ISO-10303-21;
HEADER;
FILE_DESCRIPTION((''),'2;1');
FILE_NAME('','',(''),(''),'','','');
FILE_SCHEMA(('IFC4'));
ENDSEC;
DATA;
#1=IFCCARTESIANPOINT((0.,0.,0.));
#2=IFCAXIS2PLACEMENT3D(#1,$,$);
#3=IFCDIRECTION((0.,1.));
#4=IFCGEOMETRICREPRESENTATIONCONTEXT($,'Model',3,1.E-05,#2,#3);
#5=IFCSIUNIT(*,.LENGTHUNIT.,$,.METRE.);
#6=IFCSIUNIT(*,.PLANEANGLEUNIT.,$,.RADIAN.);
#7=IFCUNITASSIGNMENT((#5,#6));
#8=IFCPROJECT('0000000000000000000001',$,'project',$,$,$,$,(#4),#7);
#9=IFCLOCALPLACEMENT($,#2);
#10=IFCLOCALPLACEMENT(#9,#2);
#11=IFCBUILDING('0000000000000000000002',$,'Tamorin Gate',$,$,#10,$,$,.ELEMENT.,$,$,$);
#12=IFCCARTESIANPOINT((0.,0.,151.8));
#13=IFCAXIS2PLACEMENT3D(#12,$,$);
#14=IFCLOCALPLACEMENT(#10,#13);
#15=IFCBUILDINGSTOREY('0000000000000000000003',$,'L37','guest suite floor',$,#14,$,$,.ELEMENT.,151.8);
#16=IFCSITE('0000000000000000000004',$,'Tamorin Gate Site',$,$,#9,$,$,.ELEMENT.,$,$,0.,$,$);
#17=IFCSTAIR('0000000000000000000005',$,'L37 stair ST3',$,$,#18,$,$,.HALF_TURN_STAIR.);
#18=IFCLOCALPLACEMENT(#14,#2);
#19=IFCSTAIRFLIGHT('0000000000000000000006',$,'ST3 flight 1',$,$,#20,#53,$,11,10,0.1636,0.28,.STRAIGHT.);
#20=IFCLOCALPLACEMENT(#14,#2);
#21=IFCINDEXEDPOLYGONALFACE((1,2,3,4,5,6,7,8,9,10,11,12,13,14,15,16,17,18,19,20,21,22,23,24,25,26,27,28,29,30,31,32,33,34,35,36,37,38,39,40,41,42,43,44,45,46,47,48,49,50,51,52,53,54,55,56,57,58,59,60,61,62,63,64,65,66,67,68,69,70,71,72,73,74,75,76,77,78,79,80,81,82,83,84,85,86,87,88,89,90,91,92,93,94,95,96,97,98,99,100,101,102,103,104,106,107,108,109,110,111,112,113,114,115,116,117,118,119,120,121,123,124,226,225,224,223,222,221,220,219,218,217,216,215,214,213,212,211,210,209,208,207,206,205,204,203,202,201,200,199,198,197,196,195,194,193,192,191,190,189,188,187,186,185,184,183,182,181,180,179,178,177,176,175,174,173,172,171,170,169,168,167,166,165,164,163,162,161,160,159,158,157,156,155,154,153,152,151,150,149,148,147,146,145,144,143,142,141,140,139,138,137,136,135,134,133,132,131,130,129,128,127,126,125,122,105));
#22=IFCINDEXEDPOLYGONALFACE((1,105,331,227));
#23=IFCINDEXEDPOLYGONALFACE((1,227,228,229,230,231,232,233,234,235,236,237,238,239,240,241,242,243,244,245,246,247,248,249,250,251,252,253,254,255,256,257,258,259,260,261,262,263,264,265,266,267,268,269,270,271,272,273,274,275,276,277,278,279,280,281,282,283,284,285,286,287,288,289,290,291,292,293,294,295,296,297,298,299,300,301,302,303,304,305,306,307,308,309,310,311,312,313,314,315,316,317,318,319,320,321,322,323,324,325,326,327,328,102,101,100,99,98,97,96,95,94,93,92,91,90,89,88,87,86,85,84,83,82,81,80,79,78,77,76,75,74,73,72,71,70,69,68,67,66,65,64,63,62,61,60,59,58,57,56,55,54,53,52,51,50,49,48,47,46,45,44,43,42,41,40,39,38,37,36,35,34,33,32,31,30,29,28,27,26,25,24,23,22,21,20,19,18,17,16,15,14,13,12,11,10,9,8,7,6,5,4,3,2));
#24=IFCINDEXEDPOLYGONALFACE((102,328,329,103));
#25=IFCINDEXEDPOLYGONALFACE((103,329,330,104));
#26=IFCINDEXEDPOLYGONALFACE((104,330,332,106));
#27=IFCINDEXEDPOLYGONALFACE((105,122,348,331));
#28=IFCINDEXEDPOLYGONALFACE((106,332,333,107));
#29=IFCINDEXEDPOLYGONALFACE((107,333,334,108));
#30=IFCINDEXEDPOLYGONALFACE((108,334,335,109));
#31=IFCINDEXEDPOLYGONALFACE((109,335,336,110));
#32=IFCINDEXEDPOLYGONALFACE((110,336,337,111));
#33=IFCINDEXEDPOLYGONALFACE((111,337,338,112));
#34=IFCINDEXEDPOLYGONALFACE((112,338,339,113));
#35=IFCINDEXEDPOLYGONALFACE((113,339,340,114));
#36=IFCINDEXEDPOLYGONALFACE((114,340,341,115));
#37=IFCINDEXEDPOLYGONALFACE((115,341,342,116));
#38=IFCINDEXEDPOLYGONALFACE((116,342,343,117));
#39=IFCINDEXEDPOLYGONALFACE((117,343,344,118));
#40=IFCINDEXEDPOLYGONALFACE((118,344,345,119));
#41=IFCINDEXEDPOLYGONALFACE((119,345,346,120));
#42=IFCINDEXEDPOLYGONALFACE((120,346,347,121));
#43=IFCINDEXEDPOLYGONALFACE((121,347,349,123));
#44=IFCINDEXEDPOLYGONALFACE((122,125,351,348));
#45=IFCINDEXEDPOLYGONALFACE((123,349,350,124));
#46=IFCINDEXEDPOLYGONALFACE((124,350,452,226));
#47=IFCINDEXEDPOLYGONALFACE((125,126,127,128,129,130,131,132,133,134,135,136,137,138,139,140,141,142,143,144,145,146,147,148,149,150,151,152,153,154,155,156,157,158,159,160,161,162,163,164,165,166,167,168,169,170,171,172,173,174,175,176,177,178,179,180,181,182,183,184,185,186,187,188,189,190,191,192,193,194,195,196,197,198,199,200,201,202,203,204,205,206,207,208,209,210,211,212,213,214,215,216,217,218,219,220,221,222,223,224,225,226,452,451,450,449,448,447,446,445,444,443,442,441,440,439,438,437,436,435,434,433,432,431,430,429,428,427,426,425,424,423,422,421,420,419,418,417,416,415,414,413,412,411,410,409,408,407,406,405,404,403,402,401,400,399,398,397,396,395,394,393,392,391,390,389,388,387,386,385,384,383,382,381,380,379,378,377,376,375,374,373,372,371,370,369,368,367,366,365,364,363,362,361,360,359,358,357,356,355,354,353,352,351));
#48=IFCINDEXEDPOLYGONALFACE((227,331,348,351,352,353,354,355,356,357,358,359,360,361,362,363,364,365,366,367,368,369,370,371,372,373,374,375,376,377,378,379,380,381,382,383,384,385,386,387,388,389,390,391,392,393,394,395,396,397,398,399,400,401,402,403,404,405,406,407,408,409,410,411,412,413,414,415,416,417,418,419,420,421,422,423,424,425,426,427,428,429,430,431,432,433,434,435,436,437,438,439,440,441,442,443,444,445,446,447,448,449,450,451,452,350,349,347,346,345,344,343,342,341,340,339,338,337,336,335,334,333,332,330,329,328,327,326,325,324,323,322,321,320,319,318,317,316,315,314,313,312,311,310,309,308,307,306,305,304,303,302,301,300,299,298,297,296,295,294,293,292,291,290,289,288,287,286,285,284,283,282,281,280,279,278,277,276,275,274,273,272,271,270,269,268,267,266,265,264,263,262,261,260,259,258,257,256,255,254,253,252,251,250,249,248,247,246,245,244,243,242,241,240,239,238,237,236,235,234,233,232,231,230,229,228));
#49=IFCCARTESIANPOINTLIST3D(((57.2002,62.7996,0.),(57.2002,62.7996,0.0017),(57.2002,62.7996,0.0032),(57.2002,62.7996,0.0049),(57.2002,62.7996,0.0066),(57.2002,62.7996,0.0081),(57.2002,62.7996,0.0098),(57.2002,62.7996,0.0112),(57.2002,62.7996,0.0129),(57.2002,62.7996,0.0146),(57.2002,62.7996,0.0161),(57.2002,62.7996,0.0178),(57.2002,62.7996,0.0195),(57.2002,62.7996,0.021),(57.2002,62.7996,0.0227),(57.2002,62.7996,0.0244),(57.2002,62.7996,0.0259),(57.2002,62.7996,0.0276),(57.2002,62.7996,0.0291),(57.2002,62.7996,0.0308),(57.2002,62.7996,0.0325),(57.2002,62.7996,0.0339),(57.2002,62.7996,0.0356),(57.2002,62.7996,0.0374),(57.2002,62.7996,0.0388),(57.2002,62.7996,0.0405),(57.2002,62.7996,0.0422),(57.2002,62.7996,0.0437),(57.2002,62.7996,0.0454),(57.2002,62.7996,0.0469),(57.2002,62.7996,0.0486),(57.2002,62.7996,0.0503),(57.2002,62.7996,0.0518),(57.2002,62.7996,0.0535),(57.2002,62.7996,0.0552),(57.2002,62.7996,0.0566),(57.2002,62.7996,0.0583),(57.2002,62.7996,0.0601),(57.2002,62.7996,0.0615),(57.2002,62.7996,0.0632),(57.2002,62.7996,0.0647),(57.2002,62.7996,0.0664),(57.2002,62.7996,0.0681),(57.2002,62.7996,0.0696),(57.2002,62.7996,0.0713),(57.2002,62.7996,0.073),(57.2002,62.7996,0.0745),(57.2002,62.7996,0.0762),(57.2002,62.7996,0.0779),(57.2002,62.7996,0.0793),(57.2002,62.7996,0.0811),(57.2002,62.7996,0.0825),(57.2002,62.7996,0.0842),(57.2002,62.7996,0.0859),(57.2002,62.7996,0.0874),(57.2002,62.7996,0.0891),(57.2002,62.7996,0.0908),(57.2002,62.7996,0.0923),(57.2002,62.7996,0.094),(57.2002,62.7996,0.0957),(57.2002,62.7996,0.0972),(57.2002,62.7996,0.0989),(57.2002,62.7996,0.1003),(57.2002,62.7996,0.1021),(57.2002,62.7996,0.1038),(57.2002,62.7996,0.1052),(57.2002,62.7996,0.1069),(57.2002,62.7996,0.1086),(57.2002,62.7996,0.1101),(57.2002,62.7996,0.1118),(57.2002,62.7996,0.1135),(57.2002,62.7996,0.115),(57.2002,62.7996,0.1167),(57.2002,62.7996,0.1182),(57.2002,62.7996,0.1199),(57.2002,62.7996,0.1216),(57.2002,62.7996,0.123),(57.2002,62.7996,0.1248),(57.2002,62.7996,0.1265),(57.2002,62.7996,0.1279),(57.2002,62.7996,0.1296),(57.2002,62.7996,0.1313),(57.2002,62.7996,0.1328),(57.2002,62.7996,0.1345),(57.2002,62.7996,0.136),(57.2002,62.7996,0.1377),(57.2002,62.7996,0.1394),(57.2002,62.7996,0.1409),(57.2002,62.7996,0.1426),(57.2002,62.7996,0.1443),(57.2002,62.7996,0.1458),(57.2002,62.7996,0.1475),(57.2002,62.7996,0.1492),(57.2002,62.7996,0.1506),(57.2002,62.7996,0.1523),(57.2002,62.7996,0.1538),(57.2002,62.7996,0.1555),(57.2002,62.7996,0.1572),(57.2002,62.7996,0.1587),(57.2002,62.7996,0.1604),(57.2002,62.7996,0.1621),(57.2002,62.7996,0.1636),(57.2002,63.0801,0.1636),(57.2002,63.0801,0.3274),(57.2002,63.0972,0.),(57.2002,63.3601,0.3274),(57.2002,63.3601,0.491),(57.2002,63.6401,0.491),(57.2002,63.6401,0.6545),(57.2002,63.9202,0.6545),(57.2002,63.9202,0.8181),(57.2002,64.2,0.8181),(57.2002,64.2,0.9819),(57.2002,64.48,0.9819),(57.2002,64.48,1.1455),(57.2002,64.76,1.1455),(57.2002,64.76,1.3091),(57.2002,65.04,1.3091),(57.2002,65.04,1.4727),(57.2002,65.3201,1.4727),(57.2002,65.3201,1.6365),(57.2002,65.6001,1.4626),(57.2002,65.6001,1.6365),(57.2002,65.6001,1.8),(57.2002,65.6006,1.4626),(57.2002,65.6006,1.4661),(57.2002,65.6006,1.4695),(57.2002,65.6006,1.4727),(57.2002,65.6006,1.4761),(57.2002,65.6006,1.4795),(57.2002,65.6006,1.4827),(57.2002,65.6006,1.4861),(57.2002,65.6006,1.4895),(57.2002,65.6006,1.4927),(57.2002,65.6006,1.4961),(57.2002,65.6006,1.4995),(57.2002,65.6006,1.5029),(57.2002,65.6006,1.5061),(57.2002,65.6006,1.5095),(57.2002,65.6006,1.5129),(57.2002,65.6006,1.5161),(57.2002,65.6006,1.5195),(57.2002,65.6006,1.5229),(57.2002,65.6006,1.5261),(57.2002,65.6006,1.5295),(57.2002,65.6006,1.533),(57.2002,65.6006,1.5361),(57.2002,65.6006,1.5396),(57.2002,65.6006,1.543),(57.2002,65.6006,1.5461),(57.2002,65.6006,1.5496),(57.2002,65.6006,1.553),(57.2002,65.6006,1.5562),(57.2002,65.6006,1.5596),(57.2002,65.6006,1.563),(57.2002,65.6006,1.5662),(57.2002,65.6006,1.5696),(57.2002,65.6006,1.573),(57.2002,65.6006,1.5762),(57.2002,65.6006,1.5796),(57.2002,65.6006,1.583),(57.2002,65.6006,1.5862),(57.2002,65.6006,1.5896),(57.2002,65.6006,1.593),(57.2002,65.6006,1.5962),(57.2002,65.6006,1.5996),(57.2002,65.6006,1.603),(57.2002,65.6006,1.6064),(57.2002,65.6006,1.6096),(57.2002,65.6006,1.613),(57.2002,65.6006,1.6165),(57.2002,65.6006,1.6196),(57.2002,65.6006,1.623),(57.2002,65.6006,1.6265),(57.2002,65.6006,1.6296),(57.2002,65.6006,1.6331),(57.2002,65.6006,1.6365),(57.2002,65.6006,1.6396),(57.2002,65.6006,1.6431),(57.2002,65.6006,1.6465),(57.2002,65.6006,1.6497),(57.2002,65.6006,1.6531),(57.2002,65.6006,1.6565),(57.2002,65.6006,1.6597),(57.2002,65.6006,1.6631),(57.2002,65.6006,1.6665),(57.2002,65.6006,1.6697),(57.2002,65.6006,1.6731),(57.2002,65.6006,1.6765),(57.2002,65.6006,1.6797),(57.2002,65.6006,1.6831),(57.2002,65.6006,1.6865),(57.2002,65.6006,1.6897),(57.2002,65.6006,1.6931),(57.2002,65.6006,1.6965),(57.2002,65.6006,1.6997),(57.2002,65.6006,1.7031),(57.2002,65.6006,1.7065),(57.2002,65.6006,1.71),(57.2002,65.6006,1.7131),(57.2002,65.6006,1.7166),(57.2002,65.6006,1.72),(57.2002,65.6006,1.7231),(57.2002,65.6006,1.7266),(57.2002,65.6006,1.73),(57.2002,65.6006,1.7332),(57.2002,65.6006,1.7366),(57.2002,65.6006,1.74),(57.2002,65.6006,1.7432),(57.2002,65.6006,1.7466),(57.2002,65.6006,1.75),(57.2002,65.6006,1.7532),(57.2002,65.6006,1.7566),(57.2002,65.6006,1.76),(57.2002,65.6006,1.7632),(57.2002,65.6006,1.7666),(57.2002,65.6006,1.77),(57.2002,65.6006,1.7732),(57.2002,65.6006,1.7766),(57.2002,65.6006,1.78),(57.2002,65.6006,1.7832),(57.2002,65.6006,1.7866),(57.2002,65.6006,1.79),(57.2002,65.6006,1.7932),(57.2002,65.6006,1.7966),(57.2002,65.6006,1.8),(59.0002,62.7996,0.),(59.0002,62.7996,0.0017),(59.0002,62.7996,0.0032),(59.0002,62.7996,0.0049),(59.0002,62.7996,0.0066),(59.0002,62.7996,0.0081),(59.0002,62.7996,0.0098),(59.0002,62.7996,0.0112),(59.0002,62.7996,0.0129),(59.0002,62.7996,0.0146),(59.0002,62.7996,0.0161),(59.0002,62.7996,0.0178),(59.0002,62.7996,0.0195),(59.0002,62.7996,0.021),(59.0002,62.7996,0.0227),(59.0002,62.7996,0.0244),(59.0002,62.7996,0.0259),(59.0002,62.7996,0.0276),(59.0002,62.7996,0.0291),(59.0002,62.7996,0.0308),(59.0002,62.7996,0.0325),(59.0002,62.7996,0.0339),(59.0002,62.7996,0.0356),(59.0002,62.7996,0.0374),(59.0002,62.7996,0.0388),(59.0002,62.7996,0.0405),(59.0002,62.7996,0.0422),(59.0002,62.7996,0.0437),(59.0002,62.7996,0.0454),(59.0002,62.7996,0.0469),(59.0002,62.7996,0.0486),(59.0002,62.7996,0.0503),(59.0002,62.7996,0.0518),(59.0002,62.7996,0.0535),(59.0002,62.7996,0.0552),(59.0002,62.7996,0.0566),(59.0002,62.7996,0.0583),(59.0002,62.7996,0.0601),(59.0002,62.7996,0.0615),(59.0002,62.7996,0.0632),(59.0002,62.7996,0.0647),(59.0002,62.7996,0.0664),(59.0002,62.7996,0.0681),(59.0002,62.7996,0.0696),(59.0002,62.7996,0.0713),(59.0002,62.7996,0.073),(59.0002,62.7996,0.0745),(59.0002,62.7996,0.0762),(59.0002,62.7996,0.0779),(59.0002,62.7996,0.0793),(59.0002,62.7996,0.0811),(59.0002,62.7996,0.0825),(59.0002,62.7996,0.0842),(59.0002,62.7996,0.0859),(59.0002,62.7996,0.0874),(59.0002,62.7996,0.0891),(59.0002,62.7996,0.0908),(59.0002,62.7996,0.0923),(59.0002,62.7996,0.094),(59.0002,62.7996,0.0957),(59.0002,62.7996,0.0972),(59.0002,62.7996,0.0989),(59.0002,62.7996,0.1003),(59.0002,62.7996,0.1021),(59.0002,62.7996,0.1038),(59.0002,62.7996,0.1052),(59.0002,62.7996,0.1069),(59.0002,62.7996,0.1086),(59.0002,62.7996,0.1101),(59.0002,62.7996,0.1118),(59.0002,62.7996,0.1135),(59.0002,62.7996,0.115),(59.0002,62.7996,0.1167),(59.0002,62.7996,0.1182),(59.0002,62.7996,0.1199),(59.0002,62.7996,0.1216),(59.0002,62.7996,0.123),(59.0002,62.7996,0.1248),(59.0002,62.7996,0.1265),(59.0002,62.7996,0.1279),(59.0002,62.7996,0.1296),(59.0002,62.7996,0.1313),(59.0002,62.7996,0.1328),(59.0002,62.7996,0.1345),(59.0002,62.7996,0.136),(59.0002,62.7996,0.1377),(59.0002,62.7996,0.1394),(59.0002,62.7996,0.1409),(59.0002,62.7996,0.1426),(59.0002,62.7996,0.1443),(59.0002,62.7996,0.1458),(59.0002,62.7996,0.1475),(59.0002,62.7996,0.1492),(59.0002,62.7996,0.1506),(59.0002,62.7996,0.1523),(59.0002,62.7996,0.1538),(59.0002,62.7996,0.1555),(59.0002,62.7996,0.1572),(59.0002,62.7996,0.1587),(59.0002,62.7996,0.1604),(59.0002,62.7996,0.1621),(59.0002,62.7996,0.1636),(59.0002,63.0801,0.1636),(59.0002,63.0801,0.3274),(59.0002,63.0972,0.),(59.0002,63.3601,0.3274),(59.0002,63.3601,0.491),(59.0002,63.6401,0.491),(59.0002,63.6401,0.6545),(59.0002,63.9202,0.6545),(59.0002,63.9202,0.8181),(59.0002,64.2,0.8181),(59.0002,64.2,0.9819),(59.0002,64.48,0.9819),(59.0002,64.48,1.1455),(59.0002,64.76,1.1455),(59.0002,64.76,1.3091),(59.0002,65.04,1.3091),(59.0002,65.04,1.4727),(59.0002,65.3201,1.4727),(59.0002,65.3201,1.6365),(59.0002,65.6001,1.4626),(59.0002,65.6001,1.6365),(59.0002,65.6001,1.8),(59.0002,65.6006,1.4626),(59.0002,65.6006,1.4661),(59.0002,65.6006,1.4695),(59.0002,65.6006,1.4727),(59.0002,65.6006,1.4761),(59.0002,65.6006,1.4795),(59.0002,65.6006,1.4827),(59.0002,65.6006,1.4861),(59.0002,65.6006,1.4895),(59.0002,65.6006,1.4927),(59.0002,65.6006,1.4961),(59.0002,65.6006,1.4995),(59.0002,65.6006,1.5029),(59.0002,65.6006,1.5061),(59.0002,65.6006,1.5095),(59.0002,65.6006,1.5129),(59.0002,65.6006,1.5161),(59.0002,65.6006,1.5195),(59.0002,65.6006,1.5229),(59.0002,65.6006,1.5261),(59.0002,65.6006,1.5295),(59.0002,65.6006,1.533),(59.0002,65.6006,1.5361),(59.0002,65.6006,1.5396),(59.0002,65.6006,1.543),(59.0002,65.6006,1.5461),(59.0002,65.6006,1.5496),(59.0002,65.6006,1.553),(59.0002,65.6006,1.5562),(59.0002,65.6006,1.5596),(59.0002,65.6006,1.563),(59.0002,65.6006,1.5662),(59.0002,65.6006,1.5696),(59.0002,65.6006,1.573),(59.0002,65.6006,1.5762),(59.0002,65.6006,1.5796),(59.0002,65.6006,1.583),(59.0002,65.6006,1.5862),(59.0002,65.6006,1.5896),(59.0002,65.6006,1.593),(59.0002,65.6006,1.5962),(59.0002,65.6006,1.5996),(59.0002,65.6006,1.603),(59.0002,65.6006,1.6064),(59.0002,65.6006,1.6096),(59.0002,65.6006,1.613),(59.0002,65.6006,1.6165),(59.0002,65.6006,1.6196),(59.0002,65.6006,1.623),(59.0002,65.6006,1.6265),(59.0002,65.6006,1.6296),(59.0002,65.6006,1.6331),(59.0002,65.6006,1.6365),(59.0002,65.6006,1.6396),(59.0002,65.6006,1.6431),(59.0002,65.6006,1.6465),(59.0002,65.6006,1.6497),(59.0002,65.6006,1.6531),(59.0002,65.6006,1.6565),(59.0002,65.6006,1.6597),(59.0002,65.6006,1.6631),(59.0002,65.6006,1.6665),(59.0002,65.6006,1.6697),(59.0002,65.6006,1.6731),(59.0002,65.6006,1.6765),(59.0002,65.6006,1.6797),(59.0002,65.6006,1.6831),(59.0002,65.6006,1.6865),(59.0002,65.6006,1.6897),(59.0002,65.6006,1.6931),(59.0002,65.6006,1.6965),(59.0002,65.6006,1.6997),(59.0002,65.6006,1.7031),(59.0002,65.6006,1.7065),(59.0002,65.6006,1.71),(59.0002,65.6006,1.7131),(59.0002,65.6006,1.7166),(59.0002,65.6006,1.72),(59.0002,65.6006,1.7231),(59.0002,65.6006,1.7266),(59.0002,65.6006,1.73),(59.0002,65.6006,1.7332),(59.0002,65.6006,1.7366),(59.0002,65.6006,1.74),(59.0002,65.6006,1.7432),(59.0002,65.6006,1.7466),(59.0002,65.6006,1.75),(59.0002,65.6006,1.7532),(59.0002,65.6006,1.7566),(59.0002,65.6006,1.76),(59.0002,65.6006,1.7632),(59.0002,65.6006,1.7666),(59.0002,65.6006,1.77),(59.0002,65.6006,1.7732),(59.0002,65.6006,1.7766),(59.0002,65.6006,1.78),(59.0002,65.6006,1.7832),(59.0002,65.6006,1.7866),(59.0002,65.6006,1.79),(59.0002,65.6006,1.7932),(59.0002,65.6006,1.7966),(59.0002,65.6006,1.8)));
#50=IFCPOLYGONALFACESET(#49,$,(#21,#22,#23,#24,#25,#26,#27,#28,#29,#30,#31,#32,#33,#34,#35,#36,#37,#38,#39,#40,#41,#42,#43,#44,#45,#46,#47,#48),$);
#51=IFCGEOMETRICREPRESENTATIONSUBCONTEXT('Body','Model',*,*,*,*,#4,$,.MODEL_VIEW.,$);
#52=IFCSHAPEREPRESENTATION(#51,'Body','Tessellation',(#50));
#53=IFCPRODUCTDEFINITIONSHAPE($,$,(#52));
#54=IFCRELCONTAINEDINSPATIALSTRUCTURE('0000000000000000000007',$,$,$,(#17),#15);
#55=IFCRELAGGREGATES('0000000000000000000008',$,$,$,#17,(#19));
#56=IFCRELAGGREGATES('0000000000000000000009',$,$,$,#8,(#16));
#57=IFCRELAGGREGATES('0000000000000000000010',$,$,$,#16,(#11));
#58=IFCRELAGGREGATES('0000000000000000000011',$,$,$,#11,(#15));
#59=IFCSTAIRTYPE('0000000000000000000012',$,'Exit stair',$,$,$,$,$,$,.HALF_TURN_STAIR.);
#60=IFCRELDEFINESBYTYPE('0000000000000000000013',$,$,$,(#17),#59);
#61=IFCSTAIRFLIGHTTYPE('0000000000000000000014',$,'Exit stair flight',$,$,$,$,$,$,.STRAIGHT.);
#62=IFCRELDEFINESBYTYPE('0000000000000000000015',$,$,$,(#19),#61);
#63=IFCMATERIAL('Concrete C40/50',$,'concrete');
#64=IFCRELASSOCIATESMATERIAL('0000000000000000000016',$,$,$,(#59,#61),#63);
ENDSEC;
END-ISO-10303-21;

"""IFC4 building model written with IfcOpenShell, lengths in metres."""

from ifc_helpers import new_model, si_unit, direction, frame, origin, place, context, subcontext, project, spatial, polyline, outline, extrude, material, type_object, element, aggregate, save


model = new_model("IFC4")

# Units and contexts
model_context = context("Model", 3, precision=1e-05, world=origin(), true_north=direction((0.0, 1.0)))
body_context = subcontext(model_context, "Body", "Model", "MODEL_VIEW")
ifc_project = project(units=[si_unit("LENGTHUNIT", "METRE"), si_unit("PLANEANGLEUNIT", "RADIAN")], contexts=[model_context])

# Site, building, storey
site_placement = place(None, origin())
site = spatial("IfcSite", under=ifc_project, at=site_placement, Name="Tamorin Gate Site", CompositionType="ELEMENT", RefElevation=0.0)
building_placement = place(site_placement, origin())
building = spatial("IfcBuilding", under=site, at=building_placement, Name="Tamorin Gate", CompositionType="ELEMENT")
storey_placement = place(building_placement, frame((0.0, 0.0, 151.8)))
storey = spatial("IfcBuildingStorey", under=building, at=storey_placement, Name="L37", Description="guest suite floor", CompositionType="ELEMENT", Elevation=151.8)

# Stair, stair flight
ifc_material_1 = material(Name="Concrete C40/50", Category="concrete")
stair_type = type_object("IfcStairType", Name="Exit stair", PredefinedType="HALF_TURN_STAIR", material=ifc_material_1)
stair_placement = place(storey_placement, origin())
stair = element("IfcStair", 1, at=stair_placement, inside=storey, type_object=stair_type, Name="L37 stair ST3", PredefinedType="HALF_TURN_STAIR")
stair_flight_type = type_object("IfcStairFlightType", Name="Exit stair flight", PredefinedType="STRAIGHT", material=ifc_material_1)
stair_flight_placement = place(storey_placement, frame((58.1001, 62.8, 0.0), z_axis=(0.0, 0.0, 1.0), x_axis=(0.0, 1.0, 0.0)))
stair_flight = element("IfcStairFlight", 2, at=stair_flight_placement, type_object=stair_flight_type, Name="ST3 flight 1", NumberOfRisers=11, NumberOfTreads=10, PredefinedType="STRAIGHT", RiserHeight=0.1636, TreadLength=0.28, context=body_context, shape_type="SweptSolid", body=[
    extrude(outline(polyline([(-0.0005, 0.0), (-0.0005, 0.0017), (-0.0005, 0.0032), (-0.0005, 0.0049), (-0.0005, 0.0066), (-0.0005, 0.0081), (-0.0005, 0.0098), (-0.0005, 0.0112), (-0.0005, 0.0129), (-0.0005, 0.0146), (-0.0005, 0.0161), (-0.0005, 0.0178), (-0.0005, 0.0195), (-0.0005, 0.021), (-0.0005, 0.0227), (-0.0005, 0.0244), (-0.0005, 0.0259), (-0.0005, 0.0276), (-0.0005, 0.0291), (-0.0005, 0.0308), (-0.0005, 0.0325), (-0.0005, 0.0339), (-0.0005, 0.0356), (-0.0005, 0.0374), (-0.0005, 0.0388), (-0.0005, 0.0405), (-0.0005, 0.0422), (-0.0005, 0.0437), (-0.0005, 0.0454), (-0.0005, 0.0469), (-0.0005, 0.0486), (-0.0005, 0.0503), (-0.0005, 0.0518), (-0.0005, 0.0535), (-0.0005, 0.0552), (-0.0005, 0.0566), (-0.0005, 0.0583), (-0.0005, 0.0601), (-0.0005, 0.0615), (-0.0005, 0.0632), (-0.0005, 0.0647), (-0.0005, 0.0664), (-0.0005, 0.0681), (-0.0005, 0.0696), (-0.0005, 0.0713), (-0.0005, 0.073), (-0.0005, 0.0745), (-0.0005, 0.0762), (-0.0005, 0.0779), (-0.0005, 0.0793), (-0.0005, 0.0811), (-0.0005, 0.0825), (-0.0005, 0.0842), (-0.0005, 0.0859), (-0.0005, 0.0874), (-0.0005, 0.0891), (-0.0005, 0.0908), (-0.0005, 0.0923), (-0.0005, 0.094), (-0.0005, 0.0957), (-0.0005, 0.0972), (-0.0005, 0.0989), (-0.0005, 0.1003), (-0.0005, 0.1021), (-0.0005, 0.1038), (-0.0005, 0.1052), (-0.0005, 0.1069), (-0.0005, 0.1086), (-0.0005, 0.1101), (-0.0005, 0.1118), (-0.0005, 0.1135), (-0.0005, 0.115), (-0.0005, 0.1167), (-0.0005, 0.1182), (-0.0005, 0.1199), (-0.0005, 0.1216), (-0.0005, 0.123), (-0.0005, 0.1248), (-0.0005, 0.1265), (-0.0005, 0.1279), (-0.0005, 0.1296), (-0.0005, 0.1313), (-0.0005, 0.1328), (-0.0005, 0.1345), (-0.0005, 0.136), (-0.0005, 0.1377), (-0.0005, 0.1394), (-0.0005, 0.1409), (-0.0005, 0.1426), (-0.0005, 0.1443), (-0.0005, 0.1458), (-0.0005, 0.1475), (-0.0005, 0.1492), (-0.0005, 0.1506), (-0.0005, 0.1523), (-0.0005, 0.1538), (-0.0005, 0.1555), (-0.0005, 0.1572), (-0.0005, 0.1587), (-0.0005, 0.1604), (-0.0005, 0.1621), (-0.0005, 0.1636), (0.28, 0.1636), (0.28, 0.3274), (0.5601, 0.3274), (0.5601, 0.491), (0.8401, 0.491), (0.8401, 0.6545), (1.1201, 0.6545), (1.1201, 0.8181), (1.3999, 0.8181), (1.3999, 0.9819), (1.6799, 0.9819), (1.6799, 1.1455), (1.96, 1.1455), (1.96, 1.3091), (2.24, 1.3091), (2.24, 1.4727), (2.52, 1.4727), (2.52, 1.6365), (2.8, 1.6365), (2.8, 1.8), (2.8005, 1.8), (2.8005, 1.7966), (2.8005, 1.7932), (2.8005, 1.79), (2.8005, 1.7866), (2.8005, 1.7832), (2.8005, 1.78), (2.8005, 1.7766), (2.8005, 1.7732), (2.8005, 1.77), (2.8005, 1.7666), (2.8005, 1.7632), (2.8005, 1.76), (2.8005, 1.7566), (2.8005, 1.7532), (2.8005, 1.75), (2.8005, 1.7466), (2.8005, 1.7432), (2.8005, 1.74), (2.8005, 1.7366), (2.8005, 1.7332), (2.8005, 1.73), (2.8005, 1.7266), (2.8005, 1.7231), (2.8005, 1.72), (2.8005, 1.7166), (2.8005, 1.7131), (2.8005, 1.71), (2.8005, 1.7065), (2.8005, 1.7031), (2.8005, 1.6997), (2.8005, 1.6965), (2.8005, 1.6931), (2.8005, 1.6897), (2.8005, 1.6865), (2.8005, 1.6831), (2.8005, 1.6797), (2.8005, 1.6765), (2.8005, 1.6731), (2.8005, 1.6697), (2.8005, 1.6665), (2.8005, 1.6631), (2.8005, 1.6597), (2.8005, 1.6565), (2.8005, 1.6531), (2.8005, 1.6497), (2.8005, 1.6465), (2.8005, 1.6431), (2.8005, 1.6396), (2.8005, 1.6365), (2.8005, 1.6331), (2.8005, 1.6296), (2.8005, 1.6265), (2.8005, 1.623), (2.8005, 1.6196), (2.8005, 1.6165), (2.8005, 1.613), (2.8005, 1.6096), (2.8005, 1.6064), (2.8005, 1.603), (2.8005, 1.5996), (2.8005, 1.5962), (2.8005, 1.593), (2.8005, 1.5896), (2.8005, 1.5862), (2.8005, 1.583), (2.8005, 1.5796), (2.8005, 1.5762), (2.8005, 1.573), (2.8005, 1.5696), (2.8005, 1.5662), (2.8005, 1.563), (2.8005, 1.5596), (2.8005, 1.5562), (2.8005, 1.553), (2.8005, 1.5496), (2.8005, 1.5461), (2.8005, 1.543), (2.8005, 1.5396), (2.8005, 1.5361), (2.8005, 1.533), (2.8005, 1.5295), (2.8005, 1.5261), (2.8005, 1.5229), (2.8005, 1.5195), (2.8005, 1.5161), (2.8005, 1.5129), (2.8005, 1.5095), (2.8005, 1.5061), (2.8005, 1.5029), (2.8005, 1.4995), (2.8005, 1.4961), (2.8005, 1.4927), (2.8005, 1.4895), (2.8005, 1.4861), (2.8005, 1.4827), (2.8005, 1.4795), (2.8005, 1.4761), (2.8005, 1.4727), (2.8005, 1.4695), (2.8005, 1.4661), (2.8005, 1.4626), (2.8, 1.4626), (0.2971, 0.0), (-0.0005, 0.0)])), frame((0.0, 0.8999, 0.0), z_axis=(0.0, -1.0, 0.0), x_axis=(1.0, 0.0, 0.0)), (0.0, 0.0, 1.0), 1.8),
])
aggregate(stair, [stair_flight])

save(model, "model.ifc")
